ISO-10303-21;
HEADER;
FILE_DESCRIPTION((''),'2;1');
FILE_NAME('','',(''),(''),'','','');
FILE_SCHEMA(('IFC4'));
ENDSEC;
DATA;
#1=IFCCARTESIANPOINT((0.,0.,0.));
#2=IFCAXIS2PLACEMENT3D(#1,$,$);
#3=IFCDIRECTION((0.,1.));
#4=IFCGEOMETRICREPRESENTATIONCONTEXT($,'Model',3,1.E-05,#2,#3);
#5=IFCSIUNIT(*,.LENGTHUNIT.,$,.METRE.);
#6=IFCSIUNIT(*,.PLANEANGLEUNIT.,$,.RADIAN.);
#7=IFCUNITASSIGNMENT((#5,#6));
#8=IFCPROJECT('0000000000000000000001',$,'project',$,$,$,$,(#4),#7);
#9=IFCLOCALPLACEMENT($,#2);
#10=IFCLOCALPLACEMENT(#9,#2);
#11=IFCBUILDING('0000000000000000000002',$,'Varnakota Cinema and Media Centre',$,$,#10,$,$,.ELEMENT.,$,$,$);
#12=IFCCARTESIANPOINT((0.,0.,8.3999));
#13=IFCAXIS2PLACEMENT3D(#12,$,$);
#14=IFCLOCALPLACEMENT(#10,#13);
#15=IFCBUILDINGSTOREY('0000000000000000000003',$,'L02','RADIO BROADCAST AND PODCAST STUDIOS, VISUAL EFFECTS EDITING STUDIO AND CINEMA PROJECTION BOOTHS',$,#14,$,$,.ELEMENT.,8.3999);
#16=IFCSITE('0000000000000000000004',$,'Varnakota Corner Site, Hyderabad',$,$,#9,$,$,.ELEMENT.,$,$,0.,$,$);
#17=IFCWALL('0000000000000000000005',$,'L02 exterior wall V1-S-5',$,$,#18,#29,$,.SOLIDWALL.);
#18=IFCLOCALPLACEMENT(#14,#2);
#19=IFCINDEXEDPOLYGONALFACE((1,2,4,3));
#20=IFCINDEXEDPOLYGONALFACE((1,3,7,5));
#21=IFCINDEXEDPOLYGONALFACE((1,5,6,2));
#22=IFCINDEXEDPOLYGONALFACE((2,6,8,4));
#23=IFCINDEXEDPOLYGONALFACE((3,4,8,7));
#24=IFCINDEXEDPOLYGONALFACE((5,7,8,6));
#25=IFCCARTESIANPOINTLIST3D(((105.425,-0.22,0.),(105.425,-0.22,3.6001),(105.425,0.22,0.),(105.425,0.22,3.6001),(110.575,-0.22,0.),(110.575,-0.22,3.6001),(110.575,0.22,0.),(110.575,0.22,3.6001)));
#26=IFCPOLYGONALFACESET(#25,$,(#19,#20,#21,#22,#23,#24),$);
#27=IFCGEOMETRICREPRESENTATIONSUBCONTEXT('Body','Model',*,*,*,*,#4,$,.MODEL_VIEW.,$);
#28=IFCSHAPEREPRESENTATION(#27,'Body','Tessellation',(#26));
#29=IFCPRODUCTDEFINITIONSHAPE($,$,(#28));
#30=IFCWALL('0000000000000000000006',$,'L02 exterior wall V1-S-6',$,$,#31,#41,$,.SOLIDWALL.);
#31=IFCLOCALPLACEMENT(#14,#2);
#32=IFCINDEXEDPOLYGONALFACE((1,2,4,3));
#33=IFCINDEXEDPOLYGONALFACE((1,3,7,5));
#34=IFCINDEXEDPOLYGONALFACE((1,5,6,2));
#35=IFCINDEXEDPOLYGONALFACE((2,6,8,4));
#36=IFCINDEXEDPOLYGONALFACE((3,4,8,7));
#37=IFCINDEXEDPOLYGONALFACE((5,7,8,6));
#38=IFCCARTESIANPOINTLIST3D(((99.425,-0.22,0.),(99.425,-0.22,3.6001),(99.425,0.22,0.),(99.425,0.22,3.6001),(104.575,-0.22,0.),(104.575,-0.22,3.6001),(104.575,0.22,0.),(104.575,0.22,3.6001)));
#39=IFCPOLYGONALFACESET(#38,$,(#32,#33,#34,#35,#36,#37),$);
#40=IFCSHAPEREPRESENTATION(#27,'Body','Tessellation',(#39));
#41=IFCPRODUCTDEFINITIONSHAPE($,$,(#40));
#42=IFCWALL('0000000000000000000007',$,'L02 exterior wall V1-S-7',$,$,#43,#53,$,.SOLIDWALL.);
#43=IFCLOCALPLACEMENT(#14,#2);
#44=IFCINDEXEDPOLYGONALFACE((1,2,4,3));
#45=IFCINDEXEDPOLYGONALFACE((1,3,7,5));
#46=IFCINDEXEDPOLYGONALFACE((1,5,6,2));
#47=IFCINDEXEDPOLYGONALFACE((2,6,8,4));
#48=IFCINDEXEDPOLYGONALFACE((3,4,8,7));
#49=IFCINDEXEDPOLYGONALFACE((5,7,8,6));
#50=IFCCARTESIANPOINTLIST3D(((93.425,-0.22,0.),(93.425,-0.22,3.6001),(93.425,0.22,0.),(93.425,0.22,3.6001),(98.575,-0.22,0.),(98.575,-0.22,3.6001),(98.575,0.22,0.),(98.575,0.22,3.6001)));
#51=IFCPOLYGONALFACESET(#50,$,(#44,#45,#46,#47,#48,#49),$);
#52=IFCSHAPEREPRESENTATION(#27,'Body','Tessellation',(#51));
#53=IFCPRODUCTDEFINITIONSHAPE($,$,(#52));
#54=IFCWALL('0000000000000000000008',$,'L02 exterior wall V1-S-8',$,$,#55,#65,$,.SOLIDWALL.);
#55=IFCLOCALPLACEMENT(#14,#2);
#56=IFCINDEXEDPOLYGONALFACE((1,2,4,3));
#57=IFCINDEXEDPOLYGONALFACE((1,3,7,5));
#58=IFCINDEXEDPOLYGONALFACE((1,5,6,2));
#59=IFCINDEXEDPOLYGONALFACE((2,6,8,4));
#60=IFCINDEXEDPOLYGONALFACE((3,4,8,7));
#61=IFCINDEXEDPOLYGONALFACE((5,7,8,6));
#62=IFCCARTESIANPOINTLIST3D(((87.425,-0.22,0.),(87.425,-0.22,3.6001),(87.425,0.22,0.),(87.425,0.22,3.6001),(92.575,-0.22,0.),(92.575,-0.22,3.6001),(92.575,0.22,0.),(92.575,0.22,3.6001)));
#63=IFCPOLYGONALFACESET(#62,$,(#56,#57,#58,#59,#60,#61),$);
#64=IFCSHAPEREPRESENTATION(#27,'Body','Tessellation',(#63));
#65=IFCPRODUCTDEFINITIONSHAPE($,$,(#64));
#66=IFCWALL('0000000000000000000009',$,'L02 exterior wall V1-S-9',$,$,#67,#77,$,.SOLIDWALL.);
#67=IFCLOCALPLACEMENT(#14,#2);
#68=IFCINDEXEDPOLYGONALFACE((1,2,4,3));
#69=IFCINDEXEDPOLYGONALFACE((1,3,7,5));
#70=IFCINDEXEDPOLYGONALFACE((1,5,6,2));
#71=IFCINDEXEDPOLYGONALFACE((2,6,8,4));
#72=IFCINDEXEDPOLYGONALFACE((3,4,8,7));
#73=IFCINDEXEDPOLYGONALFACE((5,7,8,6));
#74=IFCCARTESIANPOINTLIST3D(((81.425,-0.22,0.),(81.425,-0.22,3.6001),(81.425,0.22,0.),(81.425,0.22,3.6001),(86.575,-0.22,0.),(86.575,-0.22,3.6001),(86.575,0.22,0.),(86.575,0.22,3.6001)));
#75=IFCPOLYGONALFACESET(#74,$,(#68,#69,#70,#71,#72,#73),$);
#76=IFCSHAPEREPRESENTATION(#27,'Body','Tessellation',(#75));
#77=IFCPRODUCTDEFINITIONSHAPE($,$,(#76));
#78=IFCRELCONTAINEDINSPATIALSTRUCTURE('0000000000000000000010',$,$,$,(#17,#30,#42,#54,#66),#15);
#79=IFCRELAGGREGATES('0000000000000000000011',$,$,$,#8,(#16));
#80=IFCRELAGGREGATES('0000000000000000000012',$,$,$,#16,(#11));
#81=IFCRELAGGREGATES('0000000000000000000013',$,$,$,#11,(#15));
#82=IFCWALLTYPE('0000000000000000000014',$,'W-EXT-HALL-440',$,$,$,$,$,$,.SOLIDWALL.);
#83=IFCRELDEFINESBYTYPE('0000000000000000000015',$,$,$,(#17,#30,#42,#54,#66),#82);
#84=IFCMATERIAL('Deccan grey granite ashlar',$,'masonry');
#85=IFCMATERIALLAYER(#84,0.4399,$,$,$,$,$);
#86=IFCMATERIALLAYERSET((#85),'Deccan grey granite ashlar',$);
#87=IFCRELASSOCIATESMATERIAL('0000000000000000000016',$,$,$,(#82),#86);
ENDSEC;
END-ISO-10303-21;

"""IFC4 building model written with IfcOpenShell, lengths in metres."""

from ifc_helpers import new_model, si_unit, direction, frame, frame_2d, origin, place, context, subcontext, project, spatial, rectangle, extrude, material, layer, layer_set, type_object, element, save


model = new_model("IFC4")

# Units and contexts
model_context = context("Model", 3, precision=1e-05, world=origin(), true_north=direction((0.0, 1.0)))
body_context = subcontext(model_context, "Body", "Model", "MODEL_VIEW")
ifc_project = project(units=[si_unit("LENGTHUNIT", "METRE"), si_unit("PLANEANGLEUNIT", "RADIAN")], contexts=[model_context])

# Site, building, storey
site_placement = place(None, origin())
site = spatial("IfcSite", under=ifc_project, at=site_placement, Name="Varnakota Corner Site, Hyderabad", CompositionType="ELEMENT", RefElevation=0.0)
building_placement = place(site_placement, origin())
building = spatial("IfcBuilding", under=site, at=building_placement, Name="Varnakota Cinema and Media Centre", CompositionType="ELEMENT")
storey_placement = place(building_placement, frame((0.0, 0.0, 8.3999)))
storey = spatial("IfcBuildingStorey", under=building, at=storey_placement, Name="L02", Description="RADIO BROADCAST AND PODCAST STUDIOS, VISUAL EFFECTS EDITING STUDIO AND CINEMA PROJECTION BOOTHS", CompositionType="ELEMENT", Elevation=8.3999)

# Walls
ifc_material_1 = material(Name="Deccan grey granite ashlar", Category="masonry")
ifc_layer = layer(ifc_material_1, 0.4399)
ifc_layer_set = layer_set([ifc_layer], Name="Deccan grey granite ashlar")
wall_type = type_object("IfcWallType", Name="W-EXT-HALL-440", PredefinedType="SOLIDWALL", material=ifc_layer_set)
for number, where, z_axis, x_axis, name in (
    (1, (110.575, 0.0, 0.0), (0.0, 0.0, 1.0), (-1.0, 0.0, 0.0), "L02 exterior wall V1-S-5"),
    (2, (104.575, 0.0, 0.0), (0.0, 0.0, 1.0), (-1.0, 0.0, 0.0), "L02 exterior wall V1-S-6"),
    (3, (98.575, 0.0, 0.0), (0.0, 0.0, 1.0), (-1.0, 0.0, 0.0), "L02 exterior wall V1-S-7"),
    (4, (92.575, 0.0, 0.0), (0.0, 0.0, 1.0), (-1.0, 0.0, 0.0), "L02 exterior wall V1-S-8"),
    (5, (86.575, 0.0, 0.0), (0.0, 0.0, 1.0), (-1.0, 0.0, 0.0), "L02 exterior wall V1-S-9"),
):
    element("IfcWall", number, at=place(storey_placement, frame(where, z_axis=z_axis, x_axis=x_axis)), inside=storey, type_object=wall_type, Name=name, PredefinedType="SOLIDWALL", context=body_context, shape_type="SweptSolid", body=[
        extrude(rectangle(XDim=5.1499, YDim=0.4399, at=frame_2d((2.575, 0.0))), origin(), (0.0, 0.0, 1.0), 3.6001),
    ])

save(model, "model.ifc")
